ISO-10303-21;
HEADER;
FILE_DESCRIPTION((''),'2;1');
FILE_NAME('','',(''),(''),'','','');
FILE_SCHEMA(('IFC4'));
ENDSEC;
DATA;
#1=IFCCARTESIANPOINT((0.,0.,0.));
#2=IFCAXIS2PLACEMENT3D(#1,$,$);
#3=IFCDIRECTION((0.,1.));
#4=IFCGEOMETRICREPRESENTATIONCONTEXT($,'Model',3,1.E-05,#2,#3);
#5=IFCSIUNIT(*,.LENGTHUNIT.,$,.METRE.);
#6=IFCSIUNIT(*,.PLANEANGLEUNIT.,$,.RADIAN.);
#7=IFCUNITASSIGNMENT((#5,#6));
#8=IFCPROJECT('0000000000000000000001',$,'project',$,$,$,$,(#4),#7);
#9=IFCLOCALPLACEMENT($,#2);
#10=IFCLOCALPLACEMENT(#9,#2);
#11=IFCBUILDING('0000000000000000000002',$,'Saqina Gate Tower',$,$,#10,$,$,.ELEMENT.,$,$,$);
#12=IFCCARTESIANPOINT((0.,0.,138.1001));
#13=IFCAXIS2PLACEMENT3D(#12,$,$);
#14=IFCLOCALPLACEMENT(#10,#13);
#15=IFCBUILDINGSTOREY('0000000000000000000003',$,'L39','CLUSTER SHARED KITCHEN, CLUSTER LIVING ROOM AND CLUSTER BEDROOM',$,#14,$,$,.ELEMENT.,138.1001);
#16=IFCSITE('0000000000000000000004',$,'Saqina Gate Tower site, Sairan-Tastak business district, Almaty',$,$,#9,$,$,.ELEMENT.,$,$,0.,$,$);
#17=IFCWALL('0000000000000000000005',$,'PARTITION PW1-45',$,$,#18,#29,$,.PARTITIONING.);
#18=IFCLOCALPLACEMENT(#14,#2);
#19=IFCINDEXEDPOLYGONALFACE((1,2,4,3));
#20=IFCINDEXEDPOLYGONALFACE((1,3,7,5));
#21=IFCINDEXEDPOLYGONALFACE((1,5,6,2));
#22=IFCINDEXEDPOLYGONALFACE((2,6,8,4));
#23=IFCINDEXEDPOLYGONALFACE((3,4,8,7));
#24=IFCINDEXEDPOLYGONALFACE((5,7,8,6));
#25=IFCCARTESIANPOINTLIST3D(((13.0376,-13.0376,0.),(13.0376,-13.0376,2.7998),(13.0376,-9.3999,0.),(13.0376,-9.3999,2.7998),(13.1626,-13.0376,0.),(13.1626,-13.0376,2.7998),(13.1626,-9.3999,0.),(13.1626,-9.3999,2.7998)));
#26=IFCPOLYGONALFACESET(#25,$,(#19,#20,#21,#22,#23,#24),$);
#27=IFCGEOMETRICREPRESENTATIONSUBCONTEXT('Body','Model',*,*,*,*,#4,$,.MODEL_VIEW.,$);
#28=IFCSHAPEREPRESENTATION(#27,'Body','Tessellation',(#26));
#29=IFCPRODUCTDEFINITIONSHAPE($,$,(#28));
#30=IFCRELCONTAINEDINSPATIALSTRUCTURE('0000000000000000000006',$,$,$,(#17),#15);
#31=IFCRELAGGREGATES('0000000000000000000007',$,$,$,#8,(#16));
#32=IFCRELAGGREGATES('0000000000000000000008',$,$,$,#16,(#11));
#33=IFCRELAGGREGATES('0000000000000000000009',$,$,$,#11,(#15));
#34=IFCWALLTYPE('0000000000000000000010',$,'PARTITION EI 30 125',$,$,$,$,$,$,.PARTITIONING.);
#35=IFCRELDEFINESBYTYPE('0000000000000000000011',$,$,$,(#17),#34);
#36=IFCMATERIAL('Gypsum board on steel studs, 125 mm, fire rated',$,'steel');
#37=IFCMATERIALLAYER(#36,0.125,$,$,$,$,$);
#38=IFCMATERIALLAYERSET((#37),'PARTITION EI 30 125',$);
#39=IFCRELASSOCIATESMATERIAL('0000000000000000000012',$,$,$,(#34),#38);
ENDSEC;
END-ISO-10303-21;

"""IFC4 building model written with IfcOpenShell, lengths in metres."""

from ifc_helpers import new_model, si_unit, direction, frame, frame_2d, origin, place, context, subcontext, project, spatial, rectangle, extrude, material, layer, layer_set, type_object, element, save


model = new_model("IFC4")

# Units and contexts
model_context = context("Model", 3, precision=1e-05, world=origin(), true_north=direction((0.0, 1.0)))
body_context = subcontext(model_context, "Body", "Model", "MODEL_VIEW")
ifc_project = project(units=[si_unit("LENGTHUNIT", "METRE"), si_unit("PLANEANGLEUNIT", "RADIAN")], contexts=[model_context])

# Site, building, storey
site_placement = place(None, origin())
site = spatial("IfcSite", under=ifc_project, at=site_placement, Name="Saqina Gate Tower site, Sairan-Tastak business district, Almaty", CompositionType="ELEMENT", RefElevation=0.0)
building_placement = place(site_placement, origin())
building = spatial("IfcBuilding", under=site, at=building_placement, Name="Saqina Gate Tower", CompositionType="ELEMENT")
storey_placement = place(building_placement, frame((0.0, 0.0, 138.1001)))
storey = spatial("IfcBuildingStorey", under=building, at=storey_placement, Name="L39", Description="CLUSTER SHARED KITCHEN, CLUSTER LIVING ROOM AND CLUSTER BEDROOM", CompositionType="ELEMENT", Elevation=138.1001)

# Wall
ifc_material_1 = material(Name="Gypsum board on steel studs, 125 mm, fire rated", Category="steel")
ifc_layer_1 = layer(ifc_material_1, 0.125)
ifc_layer_set_1 = layer_set([ifc_layer_1], Name="PARTITION EI 30 125")
wall_type_1 = type_object("IfcWallType", Name="PARTITION EI 30 125", PredefinedType="PARTITIONING", material=ifc_layer_set_1)
wall_1_placement = place(storey_placement, frame((13.1001, -13.0376, 0.0), z_axis=(0.0, 0.0, 1.0), x_axis=(0.0, 1.0, 0.0)))
element("IfcWall", 1, at=wall_1_placement, inside=storey, type_object=wall_type_1, Name="PARTITION PW1-45", PredefinedType="PARTITIONING", context=body_context, shape_type="SweptSolid", body=[
    extrude(rectangle(XDim=3.6377, YDim=0.125, at=frame_2d((1.8188, 0.0))), origin(), (0.0, 0.0, 1.0), 2.7998),
])

save(model, "model.ifc")
